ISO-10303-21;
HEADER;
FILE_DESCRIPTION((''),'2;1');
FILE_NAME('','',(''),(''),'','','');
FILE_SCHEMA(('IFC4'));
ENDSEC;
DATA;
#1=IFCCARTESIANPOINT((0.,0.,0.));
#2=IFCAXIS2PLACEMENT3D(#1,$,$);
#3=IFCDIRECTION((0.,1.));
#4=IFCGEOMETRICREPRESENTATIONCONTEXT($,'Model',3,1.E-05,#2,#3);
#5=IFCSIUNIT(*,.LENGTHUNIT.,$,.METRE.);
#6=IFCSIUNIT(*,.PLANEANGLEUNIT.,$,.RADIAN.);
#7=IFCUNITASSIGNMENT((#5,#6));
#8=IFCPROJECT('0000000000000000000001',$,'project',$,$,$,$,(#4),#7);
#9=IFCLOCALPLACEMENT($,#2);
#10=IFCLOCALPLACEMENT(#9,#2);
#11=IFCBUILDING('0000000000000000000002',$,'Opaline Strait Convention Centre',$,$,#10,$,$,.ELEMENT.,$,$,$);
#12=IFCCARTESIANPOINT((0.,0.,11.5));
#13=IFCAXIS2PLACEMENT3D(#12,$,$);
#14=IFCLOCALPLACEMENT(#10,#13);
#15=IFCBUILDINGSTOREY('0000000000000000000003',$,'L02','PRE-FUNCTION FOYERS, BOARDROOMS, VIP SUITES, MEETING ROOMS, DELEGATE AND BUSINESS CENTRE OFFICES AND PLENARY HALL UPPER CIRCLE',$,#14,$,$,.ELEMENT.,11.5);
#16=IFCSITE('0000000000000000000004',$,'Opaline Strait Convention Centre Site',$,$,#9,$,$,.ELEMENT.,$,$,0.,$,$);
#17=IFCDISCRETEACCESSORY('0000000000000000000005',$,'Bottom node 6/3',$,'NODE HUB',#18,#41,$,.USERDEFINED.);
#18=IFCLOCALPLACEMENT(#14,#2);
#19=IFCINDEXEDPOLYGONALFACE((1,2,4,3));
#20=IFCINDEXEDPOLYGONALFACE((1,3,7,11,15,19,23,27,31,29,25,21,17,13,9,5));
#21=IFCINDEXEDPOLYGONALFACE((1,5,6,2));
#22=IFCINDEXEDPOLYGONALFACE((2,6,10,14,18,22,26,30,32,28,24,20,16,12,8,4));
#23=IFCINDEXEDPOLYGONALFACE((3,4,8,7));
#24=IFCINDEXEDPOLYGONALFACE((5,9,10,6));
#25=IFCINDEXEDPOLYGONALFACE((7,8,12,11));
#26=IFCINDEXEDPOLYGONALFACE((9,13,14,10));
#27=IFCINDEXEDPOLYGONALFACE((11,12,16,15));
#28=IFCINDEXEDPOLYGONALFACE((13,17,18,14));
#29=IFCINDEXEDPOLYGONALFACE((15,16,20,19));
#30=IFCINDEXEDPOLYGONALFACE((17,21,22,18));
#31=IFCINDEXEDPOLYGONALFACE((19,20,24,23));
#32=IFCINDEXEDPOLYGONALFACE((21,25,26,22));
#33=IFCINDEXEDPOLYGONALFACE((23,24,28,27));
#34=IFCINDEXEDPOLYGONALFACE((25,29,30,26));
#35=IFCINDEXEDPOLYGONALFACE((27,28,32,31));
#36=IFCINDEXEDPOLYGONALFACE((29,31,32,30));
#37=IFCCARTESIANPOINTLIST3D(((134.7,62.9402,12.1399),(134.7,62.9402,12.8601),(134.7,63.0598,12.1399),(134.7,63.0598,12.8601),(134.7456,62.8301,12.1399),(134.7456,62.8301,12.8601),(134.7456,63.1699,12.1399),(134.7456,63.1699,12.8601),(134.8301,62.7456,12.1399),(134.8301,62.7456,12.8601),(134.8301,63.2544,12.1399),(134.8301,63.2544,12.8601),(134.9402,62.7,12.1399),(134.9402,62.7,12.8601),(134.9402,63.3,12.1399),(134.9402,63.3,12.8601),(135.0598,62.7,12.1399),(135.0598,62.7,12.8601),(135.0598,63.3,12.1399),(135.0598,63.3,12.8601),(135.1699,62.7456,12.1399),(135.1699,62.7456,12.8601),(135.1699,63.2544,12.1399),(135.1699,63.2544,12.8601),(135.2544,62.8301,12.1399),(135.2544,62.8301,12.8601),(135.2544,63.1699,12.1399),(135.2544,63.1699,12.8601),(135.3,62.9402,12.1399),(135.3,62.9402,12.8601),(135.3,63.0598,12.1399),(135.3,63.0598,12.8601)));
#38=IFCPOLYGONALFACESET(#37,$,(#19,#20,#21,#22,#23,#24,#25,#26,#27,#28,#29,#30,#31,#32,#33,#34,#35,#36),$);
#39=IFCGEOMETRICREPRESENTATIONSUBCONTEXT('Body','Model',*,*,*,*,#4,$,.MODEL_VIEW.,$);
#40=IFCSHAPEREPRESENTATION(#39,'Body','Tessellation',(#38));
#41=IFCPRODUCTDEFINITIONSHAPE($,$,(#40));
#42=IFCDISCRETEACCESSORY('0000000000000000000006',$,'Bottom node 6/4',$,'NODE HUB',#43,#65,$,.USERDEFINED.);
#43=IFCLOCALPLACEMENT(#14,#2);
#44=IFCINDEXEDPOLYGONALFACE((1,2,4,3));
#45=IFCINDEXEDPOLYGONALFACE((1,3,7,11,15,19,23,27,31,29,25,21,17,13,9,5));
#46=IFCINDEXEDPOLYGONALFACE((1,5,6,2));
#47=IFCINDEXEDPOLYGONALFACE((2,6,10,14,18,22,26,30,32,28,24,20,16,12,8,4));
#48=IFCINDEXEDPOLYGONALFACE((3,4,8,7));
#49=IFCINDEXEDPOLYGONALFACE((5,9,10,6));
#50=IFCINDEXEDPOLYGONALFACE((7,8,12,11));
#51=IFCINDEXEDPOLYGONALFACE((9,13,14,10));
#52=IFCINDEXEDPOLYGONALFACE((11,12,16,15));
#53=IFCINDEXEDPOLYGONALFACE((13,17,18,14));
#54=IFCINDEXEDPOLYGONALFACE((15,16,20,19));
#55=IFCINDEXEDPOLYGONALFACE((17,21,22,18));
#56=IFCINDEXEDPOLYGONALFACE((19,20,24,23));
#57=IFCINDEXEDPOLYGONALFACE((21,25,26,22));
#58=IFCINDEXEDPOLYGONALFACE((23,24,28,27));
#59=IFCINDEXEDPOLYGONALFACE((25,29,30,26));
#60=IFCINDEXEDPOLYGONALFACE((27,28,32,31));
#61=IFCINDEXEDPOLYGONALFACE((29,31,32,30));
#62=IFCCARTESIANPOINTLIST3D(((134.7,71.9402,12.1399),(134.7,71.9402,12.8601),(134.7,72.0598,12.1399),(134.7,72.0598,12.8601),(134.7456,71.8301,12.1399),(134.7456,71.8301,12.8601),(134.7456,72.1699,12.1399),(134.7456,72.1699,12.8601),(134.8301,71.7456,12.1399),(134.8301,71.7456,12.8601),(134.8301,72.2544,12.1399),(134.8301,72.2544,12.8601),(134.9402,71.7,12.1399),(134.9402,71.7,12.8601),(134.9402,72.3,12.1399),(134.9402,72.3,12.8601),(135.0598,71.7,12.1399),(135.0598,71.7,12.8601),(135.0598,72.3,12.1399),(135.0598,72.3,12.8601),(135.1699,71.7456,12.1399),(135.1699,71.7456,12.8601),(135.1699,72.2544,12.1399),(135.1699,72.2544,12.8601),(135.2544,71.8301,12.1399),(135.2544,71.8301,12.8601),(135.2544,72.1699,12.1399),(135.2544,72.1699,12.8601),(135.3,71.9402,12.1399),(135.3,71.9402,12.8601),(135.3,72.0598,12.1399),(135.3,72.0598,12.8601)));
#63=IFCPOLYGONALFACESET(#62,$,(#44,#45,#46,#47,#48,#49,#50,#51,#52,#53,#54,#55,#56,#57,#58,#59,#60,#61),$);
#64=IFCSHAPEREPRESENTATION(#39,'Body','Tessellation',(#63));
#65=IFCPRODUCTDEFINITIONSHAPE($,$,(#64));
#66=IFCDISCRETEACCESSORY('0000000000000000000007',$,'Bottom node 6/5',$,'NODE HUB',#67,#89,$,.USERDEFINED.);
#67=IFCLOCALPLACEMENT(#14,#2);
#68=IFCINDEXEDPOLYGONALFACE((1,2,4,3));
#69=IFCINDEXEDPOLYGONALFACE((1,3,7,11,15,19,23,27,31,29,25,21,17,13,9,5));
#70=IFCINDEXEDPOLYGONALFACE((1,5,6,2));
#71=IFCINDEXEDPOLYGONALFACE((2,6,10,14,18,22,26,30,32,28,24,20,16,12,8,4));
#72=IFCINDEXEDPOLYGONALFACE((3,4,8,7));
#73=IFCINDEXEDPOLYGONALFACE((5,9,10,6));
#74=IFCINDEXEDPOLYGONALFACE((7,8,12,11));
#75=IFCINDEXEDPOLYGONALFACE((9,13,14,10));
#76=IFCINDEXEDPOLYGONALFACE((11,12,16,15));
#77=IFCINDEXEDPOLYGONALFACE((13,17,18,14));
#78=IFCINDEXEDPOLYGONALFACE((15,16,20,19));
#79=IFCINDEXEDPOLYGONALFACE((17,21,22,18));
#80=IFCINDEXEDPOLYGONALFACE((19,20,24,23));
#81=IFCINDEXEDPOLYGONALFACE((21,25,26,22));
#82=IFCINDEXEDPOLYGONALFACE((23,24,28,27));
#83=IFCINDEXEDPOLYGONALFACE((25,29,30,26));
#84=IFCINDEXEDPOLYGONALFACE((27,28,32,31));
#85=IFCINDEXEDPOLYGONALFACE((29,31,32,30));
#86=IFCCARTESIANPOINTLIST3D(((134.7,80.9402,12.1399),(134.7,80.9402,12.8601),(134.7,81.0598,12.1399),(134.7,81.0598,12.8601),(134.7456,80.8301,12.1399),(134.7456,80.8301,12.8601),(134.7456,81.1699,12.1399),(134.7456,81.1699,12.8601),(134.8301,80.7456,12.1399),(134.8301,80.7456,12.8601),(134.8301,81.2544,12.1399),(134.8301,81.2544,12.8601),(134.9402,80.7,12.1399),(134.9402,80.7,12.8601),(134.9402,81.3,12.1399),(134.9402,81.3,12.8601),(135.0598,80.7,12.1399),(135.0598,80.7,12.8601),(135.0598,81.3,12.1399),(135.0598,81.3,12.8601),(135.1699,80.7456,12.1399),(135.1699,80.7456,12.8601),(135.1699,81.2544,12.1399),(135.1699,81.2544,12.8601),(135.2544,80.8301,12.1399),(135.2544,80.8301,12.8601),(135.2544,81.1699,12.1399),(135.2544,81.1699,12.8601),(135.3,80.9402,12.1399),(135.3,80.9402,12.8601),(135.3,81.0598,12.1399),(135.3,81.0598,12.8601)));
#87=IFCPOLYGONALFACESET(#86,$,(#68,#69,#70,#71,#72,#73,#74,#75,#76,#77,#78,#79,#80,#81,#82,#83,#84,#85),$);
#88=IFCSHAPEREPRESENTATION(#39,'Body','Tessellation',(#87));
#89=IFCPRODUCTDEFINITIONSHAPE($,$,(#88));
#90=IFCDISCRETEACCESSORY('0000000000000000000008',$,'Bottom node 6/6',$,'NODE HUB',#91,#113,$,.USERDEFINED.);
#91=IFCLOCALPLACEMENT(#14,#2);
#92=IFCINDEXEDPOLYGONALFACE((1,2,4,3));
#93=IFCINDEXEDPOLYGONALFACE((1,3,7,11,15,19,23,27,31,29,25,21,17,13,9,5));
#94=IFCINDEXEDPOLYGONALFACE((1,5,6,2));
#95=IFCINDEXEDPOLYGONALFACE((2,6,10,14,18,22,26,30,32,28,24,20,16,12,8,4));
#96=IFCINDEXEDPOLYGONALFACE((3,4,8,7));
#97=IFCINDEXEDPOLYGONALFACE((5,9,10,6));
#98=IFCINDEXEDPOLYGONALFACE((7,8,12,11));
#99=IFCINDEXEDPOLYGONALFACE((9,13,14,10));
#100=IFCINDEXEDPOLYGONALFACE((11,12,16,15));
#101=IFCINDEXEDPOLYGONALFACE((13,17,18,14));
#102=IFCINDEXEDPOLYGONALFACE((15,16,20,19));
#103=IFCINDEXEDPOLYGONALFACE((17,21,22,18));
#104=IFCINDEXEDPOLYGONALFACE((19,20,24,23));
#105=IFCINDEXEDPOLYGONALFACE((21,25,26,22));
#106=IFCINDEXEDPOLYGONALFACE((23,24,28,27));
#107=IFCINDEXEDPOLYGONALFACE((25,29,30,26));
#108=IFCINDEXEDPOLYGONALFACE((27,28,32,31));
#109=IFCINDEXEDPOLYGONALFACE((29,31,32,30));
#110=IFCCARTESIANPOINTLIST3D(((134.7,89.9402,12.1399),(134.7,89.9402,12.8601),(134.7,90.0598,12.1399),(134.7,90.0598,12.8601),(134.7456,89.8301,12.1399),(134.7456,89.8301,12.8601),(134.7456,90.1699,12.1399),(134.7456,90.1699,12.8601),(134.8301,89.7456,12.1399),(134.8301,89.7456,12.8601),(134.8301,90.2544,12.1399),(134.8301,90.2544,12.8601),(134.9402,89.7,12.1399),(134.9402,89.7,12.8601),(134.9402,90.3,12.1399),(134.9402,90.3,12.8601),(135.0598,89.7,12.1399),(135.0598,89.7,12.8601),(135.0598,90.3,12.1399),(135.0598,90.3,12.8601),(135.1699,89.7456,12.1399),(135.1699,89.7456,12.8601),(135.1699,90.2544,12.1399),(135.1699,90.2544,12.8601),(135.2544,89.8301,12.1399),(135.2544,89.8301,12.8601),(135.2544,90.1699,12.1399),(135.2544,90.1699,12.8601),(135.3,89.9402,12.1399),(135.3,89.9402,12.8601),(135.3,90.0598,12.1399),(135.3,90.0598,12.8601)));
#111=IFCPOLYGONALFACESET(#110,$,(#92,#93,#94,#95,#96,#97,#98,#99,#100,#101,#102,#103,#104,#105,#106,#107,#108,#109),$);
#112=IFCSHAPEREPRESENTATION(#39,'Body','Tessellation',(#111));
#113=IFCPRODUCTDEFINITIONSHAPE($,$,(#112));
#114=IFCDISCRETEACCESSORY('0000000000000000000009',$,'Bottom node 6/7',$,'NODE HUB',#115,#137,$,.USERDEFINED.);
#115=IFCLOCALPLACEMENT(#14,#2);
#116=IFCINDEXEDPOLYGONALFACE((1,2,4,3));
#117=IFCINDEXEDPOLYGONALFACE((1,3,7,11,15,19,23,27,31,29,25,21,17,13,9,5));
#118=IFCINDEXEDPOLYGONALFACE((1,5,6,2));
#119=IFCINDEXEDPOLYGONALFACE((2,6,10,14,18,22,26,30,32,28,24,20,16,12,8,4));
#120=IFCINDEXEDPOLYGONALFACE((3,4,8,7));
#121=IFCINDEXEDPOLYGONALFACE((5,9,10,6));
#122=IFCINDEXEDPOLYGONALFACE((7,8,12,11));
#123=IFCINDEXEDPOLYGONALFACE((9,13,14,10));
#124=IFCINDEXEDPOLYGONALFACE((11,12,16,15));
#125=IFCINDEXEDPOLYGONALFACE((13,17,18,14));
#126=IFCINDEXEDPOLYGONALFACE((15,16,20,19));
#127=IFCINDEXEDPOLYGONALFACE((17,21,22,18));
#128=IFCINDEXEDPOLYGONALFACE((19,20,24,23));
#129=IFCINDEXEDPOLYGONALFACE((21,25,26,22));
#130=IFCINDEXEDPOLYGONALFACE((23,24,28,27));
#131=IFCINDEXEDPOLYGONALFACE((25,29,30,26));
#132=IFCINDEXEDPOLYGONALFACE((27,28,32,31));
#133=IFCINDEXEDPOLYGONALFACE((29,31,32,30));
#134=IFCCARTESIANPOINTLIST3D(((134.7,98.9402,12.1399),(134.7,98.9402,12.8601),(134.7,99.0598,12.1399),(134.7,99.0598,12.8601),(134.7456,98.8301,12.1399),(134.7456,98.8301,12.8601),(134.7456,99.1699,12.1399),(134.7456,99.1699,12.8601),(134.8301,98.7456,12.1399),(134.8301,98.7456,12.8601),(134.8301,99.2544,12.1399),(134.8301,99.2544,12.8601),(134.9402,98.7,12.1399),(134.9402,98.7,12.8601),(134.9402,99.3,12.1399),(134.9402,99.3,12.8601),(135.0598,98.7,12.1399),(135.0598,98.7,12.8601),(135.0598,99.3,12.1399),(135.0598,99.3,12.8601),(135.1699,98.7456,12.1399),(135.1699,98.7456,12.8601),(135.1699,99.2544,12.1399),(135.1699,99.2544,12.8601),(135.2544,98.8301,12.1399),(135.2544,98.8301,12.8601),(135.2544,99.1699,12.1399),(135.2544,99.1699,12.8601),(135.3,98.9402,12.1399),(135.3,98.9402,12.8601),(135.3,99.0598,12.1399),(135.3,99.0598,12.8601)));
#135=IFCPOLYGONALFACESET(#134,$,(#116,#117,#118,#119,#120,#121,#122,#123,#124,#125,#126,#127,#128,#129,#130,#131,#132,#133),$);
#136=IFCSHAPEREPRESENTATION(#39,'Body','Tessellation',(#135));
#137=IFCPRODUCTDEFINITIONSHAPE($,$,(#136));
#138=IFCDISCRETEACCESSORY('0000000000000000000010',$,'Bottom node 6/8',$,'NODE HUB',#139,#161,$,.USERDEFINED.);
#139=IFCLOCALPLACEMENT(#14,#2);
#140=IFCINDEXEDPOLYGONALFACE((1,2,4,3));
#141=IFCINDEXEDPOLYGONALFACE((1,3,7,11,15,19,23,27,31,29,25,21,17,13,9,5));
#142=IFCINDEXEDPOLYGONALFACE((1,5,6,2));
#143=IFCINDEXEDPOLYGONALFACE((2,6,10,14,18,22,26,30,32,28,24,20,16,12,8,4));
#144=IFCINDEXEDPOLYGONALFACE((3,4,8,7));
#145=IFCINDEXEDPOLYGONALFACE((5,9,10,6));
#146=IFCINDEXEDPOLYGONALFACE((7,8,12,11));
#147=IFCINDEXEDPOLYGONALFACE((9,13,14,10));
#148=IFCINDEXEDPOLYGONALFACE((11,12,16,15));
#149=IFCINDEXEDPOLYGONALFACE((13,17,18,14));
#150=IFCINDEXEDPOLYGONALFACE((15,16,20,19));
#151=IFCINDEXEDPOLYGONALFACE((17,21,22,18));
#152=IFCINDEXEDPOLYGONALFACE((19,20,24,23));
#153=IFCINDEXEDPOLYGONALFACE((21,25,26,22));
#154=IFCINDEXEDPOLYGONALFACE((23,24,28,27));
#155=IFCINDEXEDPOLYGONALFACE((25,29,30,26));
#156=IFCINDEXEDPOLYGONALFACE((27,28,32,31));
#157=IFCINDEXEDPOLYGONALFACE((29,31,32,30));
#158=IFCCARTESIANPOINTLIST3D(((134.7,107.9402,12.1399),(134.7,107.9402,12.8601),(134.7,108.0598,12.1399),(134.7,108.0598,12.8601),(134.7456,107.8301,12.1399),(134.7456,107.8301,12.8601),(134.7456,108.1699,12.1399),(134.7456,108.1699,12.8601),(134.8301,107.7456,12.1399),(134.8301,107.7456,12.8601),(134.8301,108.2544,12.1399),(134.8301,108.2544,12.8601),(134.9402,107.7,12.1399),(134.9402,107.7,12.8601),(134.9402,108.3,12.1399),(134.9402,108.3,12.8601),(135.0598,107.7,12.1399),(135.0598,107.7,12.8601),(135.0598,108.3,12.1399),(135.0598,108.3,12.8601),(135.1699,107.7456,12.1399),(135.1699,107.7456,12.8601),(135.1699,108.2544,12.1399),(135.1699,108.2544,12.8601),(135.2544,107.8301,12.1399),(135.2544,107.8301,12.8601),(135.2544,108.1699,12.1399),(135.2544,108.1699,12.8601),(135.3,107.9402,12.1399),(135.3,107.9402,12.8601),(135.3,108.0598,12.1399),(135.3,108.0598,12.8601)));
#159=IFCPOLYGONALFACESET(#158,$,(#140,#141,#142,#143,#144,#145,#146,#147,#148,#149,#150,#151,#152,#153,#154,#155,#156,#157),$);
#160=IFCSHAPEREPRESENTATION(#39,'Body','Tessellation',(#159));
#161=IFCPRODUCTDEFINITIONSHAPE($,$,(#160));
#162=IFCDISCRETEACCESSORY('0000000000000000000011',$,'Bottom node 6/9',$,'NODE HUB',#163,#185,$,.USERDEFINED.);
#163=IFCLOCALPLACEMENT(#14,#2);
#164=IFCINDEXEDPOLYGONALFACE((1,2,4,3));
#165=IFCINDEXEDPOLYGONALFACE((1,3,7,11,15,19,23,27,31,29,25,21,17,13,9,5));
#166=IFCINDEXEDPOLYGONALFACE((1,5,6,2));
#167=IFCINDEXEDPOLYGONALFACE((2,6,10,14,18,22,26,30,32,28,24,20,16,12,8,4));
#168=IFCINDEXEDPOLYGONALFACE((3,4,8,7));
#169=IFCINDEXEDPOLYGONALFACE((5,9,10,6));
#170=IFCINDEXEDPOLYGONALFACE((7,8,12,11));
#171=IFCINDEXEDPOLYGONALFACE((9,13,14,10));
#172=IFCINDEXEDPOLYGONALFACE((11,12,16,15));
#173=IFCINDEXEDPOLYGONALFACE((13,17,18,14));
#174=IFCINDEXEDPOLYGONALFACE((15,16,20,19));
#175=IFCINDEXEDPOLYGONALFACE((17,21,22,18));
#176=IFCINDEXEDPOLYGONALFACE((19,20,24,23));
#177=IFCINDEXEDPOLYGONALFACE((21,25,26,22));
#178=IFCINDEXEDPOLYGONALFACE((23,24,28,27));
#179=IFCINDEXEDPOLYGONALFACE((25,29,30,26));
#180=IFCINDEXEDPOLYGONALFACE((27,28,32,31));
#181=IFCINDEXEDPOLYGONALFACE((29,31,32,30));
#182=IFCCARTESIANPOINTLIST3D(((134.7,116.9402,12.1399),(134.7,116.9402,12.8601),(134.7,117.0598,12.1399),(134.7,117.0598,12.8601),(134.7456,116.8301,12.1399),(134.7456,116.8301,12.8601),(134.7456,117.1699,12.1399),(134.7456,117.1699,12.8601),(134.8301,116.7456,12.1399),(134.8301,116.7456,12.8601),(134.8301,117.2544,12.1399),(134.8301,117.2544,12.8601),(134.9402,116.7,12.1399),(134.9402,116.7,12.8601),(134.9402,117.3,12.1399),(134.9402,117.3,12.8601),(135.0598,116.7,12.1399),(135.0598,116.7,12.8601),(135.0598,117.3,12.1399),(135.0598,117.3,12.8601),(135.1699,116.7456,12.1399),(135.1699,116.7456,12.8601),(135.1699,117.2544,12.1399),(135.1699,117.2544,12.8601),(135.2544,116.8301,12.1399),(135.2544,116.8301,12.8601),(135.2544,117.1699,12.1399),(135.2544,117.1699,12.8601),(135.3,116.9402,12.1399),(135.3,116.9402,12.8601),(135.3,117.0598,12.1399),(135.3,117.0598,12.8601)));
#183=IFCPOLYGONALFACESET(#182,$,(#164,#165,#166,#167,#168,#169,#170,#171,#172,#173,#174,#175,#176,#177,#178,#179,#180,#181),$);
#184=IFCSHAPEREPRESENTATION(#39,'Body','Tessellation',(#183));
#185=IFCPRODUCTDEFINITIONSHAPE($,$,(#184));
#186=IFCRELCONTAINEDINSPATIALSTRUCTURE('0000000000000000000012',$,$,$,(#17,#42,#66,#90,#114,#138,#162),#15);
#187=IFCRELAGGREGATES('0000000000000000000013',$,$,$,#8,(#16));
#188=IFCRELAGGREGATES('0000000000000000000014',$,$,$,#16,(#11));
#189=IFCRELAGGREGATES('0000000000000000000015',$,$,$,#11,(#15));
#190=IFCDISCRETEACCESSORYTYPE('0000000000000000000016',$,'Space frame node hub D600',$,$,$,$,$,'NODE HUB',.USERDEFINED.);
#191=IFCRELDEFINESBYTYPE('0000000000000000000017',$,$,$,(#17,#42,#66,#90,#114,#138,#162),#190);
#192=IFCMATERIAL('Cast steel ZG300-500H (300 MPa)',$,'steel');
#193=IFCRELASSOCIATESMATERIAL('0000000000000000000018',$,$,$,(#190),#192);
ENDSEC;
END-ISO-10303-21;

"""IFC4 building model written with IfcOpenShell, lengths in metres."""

from ifc_helpers import new_model, si_unit, direction, frame, origin, place, context, subcontext, project, spatial, polyline, outline, extrude, material, type_object, element, save


model = new_model("IFC4")

# Units and contexts
model_context = context("Model", 3, precision=1e-05, world=origin(), true_north=direction((0.0, 1.0)))
body_context = subcontext(model_context, "Body", "Model", "MODEL_VIEW")
ifc_project = project(units=[si_unit("LENGTHUNIT", "METRE"), si_unit("PLANEANGLEUNIT", "RADIAN")], contexts=[model_context])

# Site, building, storey
site_placement = place(None, origin())
site = spatial("IfcSite", under=ifc_project, at=site_placement, Name="Opaline Strait Convention Centre Site", CompositionType="ELEMENT", RefElevation=0.0)
building_placement = place(site_placement, origin())
building = spatial("IfcBuilding", under=site, at=building_placement, Name="Opaline Strait Convention Centre", CompositionType="ELEMENT")
storey_placement = place(building_placement, frame((0.0, 0.0, 11.5)))
storey = spatial("IfcBuildingStorey", under=building, at=storey_placement, Name="L02", Description="PRE-FUNCTION FOYERS, BOARDROOMS, VIP SUITES, MEETING ROOMS, DELEGATE AND BUSINESS CENTRE OFFICES AND PLENARY HALL UPPER CIRCLE", CompositionType="ELEMENT", Elevation=11.5)

# Discrete accessories
ifc_material = material(Name="Cast steel ZG300-500H (300 MPa)", Category="steel")
discrete_accessory_type_1 = type_object("IfcDiscreteAccessoryType", Name="Space frame node hub D600", ElementType="NODE HUB", PredefinedType="USERDEFINED", material=ifc_material)
discrete_accessory_1_placement = place(storey_placement, frame((0.0, 0.0, 12.1399)))
element("IfcDiscreteAccessory", 1, at=discrete_accessory_1_placement, inside=storey, type_object=discrete_accessory_type_1, Name="Bottom node 6/3", ObjectType="NODE HUB", PredefinedType="USERDEFINED", context=body_context, shape_type="SweptSolid", body=[
    extrude(outline(polyline([(135.3, 63.0598), (135.2544, 63.1699), (135.1699, 63.2544), (135.0598, 63.3), (134.9402, 63.3), (134.8301, 63.2544), (134.7456, 63.1699), (134.7, 63.0598), (134.7, 62.9402), (134.7456, 62.8301), (134.8301, 62.7456), (134.9402, 62.7), (135.0598, 62.7), (135.1699, 62.7456), (135.2544, 62.8301), (135.3, 62.9402), (135.3, 63.0598)])), origin(), (0.0, 0.0, 1.0), 0.7202),
])
discrete_accessory_2_placement = place(storey_placement, frame((0.0, 0.0, 12.1399)))
element("IfcDiscreteAccessory", 2, at=discrete_accessory_2_placement, inside=storey, type_object=discrete_accessory_type_1, Name="Bottom node 6/4", ObjectType="NODE HUB", PredefinedType="USERDEFINED", context=body_context, shape_type="SweptSolid", body=[
    extrude(outline(polyline([(135.3, 72.0598), (135.2544, 72.1699), (135.1699, 72.2544), (135.0598, 72.3), (134.9402, 72.3), (134.8301, 72.2544), (134.7456, 72.1699), (134.7, 72.0598), (134.7, 71.9402), (134.7456, 71.8301), (134.8301, 71.7456), (134.9402, 71.7), (135.0598, 71.7), (135.1699, 71.7456), (135.2544, 71.8301), (135.3, 71.9402), (135.3, 72.0598)])), origin(), (0.0, 0.0, 1.0), 0.7202),
])
discrete_accessory_3_placement = place(storey_placement, frame((0.0, 0.0, 12.1399)))
element("IfcDiscreteAccessory", 3, at=discrete_accessory_3_placement, inside=storey, type_object=discrete_accessory_type_1, Name="Bottom node 6/5", ObjectType="NODE HUB", PredefinedType="USERDEFINED", context=body_context, shape_type="SweptSolid", body=[
    extrude(outline(polyline([(135.3, 81.0598), (135.2544, 81.1699), (135.1699, 81.2544), (135.0598, 81.3), (134.9402, 81.3), (134.8301, 81.2544), (134.7456, 81.1699), (134.7, 81.0598), (134.7, 80.9402), (134.7456, 80.8301), (134.8301, 80.7456), (134.9402, 80.7), (135.0598, 80.7), (135.1699, 80.7456), (135.2544, 80.8301), (135.3, 80.9402), (135.3, 81.0598)])), origin(), (0.0, 0.0, 1.0), 0.7202),
])
discrete_accessory_4_placement = place(storey_placement, frame((0.0, 0.0, 12.1399)))
element("IfcDiscreteAccessory", 4, at=discrete_accessory_4_placement, inside=storey, type_object=discrete_accessory_type_1, Name="Bottom node 6/6", ObjectType="NODE HUB", PredefinedType="USERDEFINED", context=body_context, shape_type="SweptSolid", body=[
    extrude(outline(polyline([(135.3, 90.0598), (135.2544, 90.1699), (135.1699, 90.2544), (135.0598, 90.3), (134.9402, 90.3), (134.8301, 90.2544), (134.7456, 90.1699), (134.7, 90.0598), (134.7, 89.9402), (134.7456, 89.8301), (134.8301, 89.7456), (134.9402, 89.7), (135.0598, 89.7), (135.1699, 89.7456), (135.2544, 89.8301), (135.3, 89.9402), (135.3, 90.0598)])), origin(), (0.0, 0.0, 1.0), 0.7202),
])
discrete_accessory_5_placement = place(storey_placement, frame((0.0, 0.0, 12.1399)))
element("IfcDiscreteAccessory", 5, at=discrete_accessory_5_placement, inside=storey, type_object=discrete_accessory_type_1, Name="Bottom node 6/7", ObjectType="NODE HUB", PredefinedType="USERDEFINED", context=body_context, shape_type="SweptSolid", body=[
    extrude(outline(polyline([(135.3, 99.0598), (135.2544, 99.1699), (135.1699, 99.2544), (135.0598, 99.3), (134.9402, 99.3), (134.8301, 99.2544), (134.7456, 99.1699), (134.7, 99.0598), (134.7, 98.9402), (134.7456, 98.8301), (134.8301, 98.7456), (134.9402, 98.7), (135.0598, 98.7), (135.1699, 98.7456), (135.2544, 98.8301), (135.3, 98.9402), (135.3, 99.0598)])), origin(), (0.0, 0.0, 1.0), 0.7202),
])
discrete_accessory_6_placement = place(storey_placement, frame((0.0, 0.0, 12.1399)))
element("IfcDiscreteAccessory", 6, at=discrete_accessory_6_placement, inside=storey, type_object=discrete_accessory_type_1, Name="Bottom node 6/8", ObjectType="NODE HUB", PredefinedType="USERDEFINED", context=body_context, shape_type="SweptSolid", body=[
    extrude(outline(polyline([(135.3, 108.0598), (135.2544, 108.1699), (135.1699, 108.2544), (135.0598, 108.3), (134.9402, 108.3), (134.8301, 108.2544), (134.7456, 108.1699), (134.7, 108.0598), (134.7, 107.9402), (134.7456, 107.8301), (134.8301, 107.7456), (134.9402, 107.7), (135.0598, 107.7), (135.1699, 107.7456), (135.2544, 107.8301), (135.3, 107.9402), (135.3, 108.0598)])), origin(), (0.0, 0.0, 1.0), 0.7202),
])
discrete_accessory_7_placement = place(storey_placement, frame((0.0, 0.0, 12.1399)))
element("IfcDiscreteAccessory", 7, at=discrete_accessory_7_placement, inside=storey, type_object=discrete_accessory_type_1, Name="Bottom node 6/9", ObjectType="NODE HUB", PredefinedType="USERDEFINED", context=body_context, shape_type="SweptSolid", body=[
    extrude(outline(polyline([(135.3, 117.0598), (135.2544, 117.1699), (135.1699, 117.2544), (135.0598, 117.3), (134.9402, 117.3), (134.8301, 117.2544), (134.7456, 117.1699), (134.7, 117.0598), (134.7, 116.9402), (134.7456, 116.8301), (134.8301, 116.7456), (134.9402, 116.7), (135.0598, 116.7), (135.1699, 116.7456), (135.2544, 116.8301), (135.3, 116.9402), (135.3, 117.0598)])), origin(), (0.0, 0.0, 1.0), 0.7202),
])

save(model, "model.ifc")
